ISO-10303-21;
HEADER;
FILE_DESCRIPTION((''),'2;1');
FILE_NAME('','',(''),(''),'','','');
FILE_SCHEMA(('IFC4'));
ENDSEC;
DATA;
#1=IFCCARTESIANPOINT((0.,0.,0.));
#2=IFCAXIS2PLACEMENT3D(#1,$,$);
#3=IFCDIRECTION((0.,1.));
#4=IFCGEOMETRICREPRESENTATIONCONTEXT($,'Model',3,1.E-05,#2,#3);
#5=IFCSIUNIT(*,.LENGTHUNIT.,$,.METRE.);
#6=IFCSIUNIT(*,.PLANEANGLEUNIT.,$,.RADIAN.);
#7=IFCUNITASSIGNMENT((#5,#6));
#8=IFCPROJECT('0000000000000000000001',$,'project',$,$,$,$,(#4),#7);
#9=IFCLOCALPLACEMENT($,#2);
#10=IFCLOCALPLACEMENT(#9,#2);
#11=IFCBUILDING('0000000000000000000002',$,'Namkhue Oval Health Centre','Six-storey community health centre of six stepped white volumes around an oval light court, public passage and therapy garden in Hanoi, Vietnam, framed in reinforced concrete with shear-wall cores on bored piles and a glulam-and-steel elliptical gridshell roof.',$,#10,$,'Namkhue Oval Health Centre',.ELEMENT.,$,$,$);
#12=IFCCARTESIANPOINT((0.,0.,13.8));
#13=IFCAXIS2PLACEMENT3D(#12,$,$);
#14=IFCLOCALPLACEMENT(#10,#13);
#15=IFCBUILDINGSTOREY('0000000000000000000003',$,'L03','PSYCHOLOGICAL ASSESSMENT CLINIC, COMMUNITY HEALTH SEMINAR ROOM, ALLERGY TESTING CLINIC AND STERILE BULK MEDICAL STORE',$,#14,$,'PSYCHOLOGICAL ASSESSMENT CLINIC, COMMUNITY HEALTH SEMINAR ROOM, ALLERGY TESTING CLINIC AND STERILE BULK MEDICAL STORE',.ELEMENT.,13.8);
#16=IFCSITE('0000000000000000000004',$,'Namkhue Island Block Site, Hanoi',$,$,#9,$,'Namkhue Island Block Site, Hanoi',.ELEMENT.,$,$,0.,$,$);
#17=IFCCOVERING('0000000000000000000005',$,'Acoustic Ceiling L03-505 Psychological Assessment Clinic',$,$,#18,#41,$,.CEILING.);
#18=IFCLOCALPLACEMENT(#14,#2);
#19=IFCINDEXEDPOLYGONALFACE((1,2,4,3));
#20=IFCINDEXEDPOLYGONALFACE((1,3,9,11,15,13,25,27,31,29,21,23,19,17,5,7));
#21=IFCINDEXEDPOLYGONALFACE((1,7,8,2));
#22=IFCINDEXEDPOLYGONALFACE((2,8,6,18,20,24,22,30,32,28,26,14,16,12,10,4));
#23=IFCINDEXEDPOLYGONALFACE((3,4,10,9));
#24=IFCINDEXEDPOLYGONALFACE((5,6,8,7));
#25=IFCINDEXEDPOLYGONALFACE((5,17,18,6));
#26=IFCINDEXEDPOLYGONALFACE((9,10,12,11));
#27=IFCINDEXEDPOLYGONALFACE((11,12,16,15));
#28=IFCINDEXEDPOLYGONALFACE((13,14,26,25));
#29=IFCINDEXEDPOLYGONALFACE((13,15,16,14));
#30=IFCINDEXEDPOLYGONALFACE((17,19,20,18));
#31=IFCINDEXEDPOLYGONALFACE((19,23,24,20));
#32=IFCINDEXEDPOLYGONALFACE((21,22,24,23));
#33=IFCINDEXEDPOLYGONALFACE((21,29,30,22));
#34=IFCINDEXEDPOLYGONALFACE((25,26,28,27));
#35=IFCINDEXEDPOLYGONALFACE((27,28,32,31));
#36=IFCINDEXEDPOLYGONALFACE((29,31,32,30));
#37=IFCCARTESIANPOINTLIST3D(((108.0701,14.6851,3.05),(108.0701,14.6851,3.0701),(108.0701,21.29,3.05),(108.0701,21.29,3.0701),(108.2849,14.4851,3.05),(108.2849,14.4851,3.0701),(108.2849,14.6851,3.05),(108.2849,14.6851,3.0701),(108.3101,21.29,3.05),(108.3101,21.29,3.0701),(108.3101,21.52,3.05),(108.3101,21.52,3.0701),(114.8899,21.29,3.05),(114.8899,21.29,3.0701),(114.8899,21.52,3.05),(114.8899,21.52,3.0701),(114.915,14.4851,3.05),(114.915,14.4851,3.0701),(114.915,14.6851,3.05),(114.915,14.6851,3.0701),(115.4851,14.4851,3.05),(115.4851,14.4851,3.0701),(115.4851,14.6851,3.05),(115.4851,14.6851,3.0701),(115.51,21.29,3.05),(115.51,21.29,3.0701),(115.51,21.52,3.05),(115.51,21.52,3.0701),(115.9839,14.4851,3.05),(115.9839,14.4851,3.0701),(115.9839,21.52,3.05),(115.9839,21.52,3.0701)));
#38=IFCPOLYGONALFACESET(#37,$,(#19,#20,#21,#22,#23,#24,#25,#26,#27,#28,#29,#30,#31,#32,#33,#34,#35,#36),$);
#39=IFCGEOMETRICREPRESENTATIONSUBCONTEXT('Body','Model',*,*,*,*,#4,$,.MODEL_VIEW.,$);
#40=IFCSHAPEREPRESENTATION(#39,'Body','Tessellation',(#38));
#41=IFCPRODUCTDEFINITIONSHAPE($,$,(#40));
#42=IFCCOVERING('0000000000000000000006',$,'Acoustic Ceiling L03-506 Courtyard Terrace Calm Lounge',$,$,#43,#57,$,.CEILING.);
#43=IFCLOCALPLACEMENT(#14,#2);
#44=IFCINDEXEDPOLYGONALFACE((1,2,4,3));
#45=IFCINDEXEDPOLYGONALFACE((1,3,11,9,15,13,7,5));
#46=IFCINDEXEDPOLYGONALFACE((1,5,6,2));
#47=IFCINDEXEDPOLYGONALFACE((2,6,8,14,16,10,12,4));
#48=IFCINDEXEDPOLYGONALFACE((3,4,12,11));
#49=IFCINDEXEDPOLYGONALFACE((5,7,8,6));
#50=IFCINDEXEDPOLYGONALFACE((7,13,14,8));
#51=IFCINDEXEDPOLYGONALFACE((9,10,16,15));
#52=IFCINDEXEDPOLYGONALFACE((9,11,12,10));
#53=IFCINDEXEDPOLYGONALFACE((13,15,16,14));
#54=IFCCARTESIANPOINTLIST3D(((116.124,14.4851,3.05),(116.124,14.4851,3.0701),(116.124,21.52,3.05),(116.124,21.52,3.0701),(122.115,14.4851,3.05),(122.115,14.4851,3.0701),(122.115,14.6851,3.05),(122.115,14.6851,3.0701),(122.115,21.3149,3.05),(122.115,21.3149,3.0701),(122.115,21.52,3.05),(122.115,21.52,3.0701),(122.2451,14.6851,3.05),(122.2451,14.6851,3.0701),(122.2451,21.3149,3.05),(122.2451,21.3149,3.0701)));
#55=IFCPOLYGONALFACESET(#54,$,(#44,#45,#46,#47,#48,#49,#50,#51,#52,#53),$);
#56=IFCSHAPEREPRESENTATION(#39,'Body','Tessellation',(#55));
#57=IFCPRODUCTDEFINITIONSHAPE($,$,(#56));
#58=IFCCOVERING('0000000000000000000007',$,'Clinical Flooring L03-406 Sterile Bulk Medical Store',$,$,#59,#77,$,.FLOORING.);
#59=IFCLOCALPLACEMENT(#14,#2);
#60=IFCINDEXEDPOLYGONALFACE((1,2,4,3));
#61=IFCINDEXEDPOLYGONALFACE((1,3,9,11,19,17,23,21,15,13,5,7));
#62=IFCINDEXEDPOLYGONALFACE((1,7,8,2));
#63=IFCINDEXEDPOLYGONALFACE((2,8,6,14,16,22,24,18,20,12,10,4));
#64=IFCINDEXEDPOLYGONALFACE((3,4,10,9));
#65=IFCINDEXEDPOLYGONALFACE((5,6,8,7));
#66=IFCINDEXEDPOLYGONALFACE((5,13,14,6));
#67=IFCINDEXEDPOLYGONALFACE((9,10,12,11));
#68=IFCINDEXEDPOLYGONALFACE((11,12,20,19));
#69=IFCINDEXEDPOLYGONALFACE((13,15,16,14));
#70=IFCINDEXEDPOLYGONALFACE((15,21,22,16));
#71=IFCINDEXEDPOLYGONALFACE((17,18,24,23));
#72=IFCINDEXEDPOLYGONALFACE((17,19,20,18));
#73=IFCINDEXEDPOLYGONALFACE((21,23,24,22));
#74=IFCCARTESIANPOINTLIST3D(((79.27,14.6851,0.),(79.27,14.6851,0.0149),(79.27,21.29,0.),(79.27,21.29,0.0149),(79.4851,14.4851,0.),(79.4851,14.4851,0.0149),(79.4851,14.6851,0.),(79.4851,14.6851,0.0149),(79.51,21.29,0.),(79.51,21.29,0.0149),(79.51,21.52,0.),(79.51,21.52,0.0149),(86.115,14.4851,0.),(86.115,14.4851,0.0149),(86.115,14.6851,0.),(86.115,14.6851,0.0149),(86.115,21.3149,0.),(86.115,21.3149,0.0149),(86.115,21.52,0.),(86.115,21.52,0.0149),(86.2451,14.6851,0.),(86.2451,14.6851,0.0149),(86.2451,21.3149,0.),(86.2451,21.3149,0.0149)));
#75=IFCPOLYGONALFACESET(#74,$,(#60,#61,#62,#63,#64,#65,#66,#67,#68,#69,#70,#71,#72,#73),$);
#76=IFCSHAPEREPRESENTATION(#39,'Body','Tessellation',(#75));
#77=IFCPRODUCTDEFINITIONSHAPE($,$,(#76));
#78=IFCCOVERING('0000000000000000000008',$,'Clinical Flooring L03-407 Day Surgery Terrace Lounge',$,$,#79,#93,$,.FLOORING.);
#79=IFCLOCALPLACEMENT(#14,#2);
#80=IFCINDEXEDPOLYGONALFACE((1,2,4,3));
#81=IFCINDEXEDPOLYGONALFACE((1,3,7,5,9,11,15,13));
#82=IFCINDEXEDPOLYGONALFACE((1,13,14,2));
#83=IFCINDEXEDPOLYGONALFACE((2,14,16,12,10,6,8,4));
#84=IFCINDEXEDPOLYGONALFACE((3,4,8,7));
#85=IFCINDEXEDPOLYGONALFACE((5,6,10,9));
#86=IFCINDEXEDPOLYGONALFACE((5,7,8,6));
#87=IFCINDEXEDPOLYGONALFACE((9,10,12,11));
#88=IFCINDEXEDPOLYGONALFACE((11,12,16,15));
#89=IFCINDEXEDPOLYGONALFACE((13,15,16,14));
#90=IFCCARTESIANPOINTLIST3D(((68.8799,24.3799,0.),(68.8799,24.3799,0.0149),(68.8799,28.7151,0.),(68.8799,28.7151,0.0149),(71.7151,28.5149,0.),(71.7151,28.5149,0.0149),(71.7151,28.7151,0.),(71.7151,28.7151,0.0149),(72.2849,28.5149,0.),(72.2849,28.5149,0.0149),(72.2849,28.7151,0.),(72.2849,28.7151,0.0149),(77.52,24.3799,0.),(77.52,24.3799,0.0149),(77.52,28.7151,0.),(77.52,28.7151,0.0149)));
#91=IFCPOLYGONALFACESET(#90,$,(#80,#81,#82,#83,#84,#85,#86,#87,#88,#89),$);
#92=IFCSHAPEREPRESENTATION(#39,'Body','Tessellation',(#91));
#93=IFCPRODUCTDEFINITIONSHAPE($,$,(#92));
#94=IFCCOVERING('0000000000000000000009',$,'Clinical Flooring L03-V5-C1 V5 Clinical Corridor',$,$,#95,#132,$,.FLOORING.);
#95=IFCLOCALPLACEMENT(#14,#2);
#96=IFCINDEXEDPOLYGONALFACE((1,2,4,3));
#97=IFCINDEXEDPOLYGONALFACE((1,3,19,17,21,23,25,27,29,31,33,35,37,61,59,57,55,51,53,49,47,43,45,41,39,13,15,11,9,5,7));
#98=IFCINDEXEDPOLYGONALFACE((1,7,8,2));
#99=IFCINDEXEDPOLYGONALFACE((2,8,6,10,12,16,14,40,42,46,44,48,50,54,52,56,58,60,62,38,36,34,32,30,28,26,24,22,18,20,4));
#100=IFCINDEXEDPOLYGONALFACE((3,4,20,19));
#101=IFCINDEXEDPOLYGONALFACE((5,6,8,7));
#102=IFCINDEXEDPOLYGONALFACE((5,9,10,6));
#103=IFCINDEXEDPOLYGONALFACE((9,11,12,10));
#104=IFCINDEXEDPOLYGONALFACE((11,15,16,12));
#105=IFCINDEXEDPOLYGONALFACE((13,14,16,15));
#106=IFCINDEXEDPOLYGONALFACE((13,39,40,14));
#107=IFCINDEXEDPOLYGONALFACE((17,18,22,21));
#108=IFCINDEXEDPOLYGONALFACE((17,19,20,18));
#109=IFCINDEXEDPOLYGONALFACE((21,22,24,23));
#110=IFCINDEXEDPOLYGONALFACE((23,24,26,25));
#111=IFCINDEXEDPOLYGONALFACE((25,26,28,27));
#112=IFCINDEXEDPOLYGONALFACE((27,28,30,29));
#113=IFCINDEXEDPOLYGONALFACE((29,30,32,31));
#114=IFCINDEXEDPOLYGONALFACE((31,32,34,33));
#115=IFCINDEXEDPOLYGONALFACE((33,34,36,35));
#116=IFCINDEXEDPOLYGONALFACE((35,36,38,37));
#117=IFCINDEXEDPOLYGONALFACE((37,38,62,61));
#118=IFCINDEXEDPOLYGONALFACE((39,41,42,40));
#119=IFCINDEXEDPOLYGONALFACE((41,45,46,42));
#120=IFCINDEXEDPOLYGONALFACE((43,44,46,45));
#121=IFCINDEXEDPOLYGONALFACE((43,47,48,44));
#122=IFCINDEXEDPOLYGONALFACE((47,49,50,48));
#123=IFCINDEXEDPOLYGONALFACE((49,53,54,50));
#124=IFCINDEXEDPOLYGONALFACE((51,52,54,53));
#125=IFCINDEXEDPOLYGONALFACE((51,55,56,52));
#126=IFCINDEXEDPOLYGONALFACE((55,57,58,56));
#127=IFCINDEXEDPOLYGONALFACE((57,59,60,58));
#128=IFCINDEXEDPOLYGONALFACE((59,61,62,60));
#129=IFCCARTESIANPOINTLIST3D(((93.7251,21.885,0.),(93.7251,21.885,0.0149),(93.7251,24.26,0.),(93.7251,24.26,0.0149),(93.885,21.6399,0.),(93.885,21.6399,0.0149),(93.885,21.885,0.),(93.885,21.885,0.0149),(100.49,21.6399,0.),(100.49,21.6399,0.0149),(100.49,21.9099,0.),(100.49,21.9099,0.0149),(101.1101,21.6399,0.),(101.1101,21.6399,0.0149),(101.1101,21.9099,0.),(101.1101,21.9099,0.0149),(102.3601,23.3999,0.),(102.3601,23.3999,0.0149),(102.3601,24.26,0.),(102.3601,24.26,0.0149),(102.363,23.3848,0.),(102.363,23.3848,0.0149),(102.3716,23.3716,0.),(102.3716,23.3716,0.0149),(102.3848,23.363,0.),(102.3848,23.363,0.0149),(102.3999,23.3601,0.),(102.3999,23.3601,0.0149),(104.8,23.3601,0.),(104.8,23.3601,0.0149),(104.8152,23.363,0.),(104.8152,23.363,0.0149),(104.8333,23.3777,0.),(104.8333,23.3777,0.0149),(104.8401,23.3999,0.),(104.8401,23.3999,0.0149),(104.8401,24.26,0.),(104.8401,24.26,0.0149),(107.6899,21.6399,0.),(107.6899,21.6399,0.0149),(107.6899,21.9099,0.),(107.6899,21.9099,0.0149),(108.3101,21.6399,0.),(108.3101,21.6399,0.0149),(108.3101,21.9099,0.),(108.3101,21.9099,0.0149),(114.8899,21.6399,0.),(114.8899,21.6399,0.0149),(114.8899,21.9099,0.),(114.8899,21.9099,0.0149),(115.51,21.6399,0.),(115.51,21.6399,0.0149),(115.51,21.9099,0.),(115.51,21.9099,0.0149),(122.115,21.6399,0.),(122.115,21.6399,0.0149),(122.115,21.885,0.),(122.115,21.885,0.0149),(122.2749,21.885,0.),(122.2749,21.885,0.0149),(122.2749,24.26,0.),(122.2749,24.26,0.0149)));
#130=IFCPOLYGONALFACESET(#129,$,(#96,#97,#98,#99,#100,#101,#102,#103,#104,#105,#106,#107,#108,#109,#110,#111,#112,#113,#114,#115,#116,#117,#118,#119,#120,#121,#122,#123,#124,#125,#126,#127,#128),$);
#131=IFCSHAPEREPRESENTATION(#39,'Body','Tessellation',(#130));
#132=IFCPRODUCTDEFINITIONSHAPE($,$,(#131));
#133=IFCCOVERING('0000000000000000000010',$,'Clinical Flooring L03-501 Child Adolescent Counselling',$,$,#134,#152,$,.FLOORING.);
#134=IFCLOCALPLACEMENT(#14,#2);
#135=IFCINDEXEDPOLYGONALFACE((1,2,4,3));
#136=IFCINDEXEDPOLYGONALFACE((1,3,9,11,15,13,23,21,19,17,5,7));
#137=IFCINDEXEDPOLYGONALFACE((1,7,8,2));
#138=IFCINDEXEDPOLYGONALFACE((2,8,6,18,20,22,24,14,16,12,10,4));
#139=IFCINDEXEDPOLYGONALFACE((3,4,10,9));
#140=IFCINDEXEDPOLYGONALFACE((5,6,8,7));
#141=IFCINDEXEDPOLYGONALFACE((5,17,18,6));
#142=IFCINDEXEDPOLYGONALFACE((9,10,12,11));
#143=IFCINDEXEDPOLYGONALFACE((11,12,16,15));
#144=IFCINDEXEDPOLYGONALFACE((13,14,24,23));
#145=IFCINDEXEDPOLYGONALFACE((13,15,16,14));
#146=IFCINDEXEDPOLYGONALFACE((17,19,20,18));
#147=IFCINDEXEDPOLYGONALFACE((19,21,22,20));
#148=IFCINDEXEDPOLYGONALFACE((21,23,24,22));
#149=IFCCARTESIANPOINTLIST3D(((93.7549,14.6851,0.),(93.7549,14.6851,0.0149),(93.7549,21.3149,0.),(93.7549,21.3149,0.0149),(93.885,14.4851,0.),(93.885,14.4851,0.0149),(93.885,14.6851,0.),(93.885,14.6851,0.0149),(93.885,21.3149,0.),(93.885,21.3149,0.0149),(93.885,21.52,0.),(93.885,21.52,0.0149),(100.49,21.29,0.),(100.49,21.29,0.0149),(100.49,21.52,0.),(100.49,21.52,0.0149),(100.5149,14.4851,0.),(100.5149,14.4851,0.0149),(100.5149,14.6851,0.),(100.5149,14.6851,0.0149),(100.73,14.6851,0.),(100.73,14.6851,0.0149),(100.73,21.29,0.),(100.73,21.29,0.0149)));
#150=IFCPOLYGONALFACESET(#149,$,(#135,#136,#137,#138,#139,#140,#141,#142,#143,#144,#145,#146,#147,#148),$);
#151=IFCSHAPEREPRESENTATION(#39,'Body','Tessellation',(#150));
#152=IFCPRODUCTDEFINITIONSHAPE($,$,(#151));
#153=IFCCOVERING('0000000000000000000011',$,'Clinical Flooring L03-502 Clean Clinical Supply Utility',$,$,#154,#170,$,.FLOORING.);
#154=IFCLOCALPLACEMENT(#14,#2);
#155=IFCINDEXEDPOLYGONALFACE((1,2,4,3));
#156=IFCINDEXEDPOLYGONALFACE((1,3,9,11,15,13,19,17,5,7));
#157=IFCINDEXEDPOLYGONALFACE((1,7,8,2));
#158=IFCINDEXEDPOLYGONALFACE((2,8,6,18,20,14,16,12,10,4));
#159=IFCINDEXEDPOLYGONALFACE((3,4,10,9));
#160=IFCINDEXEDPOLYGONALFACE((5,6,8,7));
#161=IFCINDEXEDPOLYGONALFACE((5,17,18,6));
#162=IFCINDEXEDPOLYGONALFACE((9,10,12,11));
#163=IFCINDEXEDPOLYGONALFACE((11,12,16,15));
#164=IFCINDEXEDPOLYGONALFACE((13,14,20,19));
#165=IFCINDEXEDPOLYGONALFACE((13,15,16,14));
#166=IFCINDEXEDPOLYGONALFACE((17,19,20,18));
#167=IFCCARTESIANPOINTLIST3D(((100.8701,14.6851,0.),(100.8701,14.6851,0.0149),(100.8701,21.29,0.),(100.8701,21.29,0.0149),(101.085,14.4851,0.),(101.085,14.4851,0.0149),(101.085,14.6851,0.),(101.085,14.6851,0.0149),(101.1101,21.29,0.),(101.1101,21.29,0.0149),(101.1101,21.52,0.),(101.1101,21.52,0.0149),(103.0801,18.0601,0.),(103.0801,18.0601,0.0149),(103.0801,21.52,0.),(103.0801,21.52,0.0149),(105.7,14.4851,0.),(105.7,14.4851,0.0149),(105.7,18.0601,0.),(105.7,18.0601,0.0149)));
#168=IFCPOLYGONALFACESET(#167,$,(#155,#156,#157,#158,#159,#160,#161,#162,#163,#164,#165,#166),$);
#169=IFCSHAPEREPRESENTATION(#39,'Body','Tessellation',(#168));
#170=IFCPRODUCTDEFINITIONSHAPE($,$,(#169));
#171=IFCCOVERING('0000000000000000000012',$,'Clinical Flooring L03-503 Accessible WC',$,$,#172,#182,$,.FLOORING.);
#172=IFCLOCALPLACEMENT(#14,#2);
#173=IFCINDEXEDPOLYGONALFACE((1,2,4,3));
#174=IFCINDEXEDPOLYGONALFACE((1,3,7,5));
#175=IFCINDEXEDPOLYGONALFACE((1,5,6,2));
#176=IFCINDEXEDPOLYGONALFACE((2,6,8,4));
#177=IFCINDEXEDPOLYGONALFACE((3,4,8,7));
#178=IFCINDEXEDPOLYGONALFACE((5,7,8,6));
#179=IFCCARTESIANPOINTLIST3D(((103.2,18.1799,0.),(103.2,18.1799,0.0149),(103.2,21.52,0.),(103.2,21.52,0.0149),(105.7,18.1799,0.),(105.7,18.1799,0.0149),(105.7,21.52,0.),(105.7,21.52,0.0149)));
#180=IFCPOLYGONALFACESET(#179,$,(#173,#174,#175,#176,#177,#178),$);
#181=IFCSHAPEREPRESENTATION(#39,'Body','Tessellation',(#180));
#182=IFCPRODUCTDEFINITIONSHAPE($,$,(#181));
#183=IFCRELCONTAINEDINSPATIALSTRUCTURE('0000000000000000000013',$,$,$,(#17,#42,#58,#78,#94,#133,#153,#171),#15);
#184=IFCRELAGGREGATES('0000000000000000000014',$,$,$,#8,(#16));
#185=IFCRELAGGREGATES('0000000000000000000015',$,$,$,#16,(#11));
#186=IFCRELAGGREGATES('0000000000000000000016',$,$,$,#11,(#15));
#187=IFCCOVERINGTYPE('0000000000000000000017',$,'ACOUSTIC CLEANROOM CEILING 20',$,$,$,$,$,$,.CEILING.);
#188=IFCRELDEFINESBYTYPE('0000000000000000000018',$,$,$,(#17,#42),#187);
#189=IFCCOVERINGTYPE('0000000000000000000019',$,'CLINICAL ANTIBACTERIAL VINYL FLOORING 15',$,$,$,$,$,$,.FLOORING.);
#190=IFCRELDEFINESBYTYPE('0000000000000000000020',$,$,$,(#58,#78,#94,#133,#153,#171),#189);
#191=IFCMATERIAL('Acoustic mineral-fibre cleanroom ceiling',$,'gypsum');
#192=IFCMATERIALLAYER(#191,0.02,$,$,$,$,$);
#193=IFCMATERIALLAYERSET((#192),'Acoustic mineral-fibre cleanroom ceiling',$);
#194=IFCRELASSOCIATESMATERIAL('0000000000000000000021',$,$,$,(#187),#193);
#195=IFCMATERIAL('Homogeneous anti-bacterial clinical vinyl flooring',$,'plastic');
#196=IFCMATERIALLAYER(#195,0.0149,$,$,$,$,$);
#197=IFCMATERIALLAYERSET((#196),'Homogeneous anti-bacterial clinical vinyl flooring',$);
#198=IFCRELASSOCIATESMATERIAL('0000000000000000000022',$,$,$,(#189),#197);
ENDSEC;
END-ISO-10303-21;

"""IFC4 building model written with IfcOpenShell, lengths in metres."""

from ifc_helpers import new_model, si_unit, direction, frame, origin, place, context, subcontext, project, spatial, polyline, outline, extrude, material, layer, layer_set, type_object, element, save


model = new_model("IFC4")

# Units and contexts
model_context = context("Model", 3, precision=1e-05, world=origin(), true_north=direction((0.0, 1.0)))
body_context = subcontext(model_context, "Body", "Model", "MODEL_VIEW")
ifc_project = project(units=[si_unit("LENGTHUNIT", "METRE"), si_unit("PLANEANGLEUNIT", "RADIAN")], contexts=[model_context])

# Site, building, storey
site_placement = place(None, origin())
site = spatial("IfcSite", under=ifc_project, at=site_placement, Name="Namkhue Island Block Site, Hanoi", LongName="Namkhue Island Block Site, Hanoi", CompositionType="ELEMENT", RefElevation=0.0)
building_placement = place(site_placement, origin())
building = spatial("IfcBuilding", under=site, at=building_placement, Name="Namkhue Oval Health Centre", Description="Six-storey community health centre of six stepped white volumes around an oval light court, public passage and therapy garden in Hanoi, Vietnam, framed in reinforced concrete with shear-wall cores on bored piles and a glulam-and-steel elliptical gridshell roof.", LongName="Namkhue Oval Health Centre", CompositionType="ELEMENT")
storey_placement = place(building_placement, frame((0.0, 0.0, 13.8)))
storey = spatial("IfcBuildingStorey", under=building, at=storey_placement, Name="L03", Description="PSYCHOLOGICAL ASSESSMENT CLINIC, COMMUNITY HEALTH SEMINAR ROOM, ALLERGY TESTING CLINIC AND STERILE BULK MEDICAL STORE", LongName="PSYCHOLOGICAL ASSESSMENT CLINIC, COMMUNITY HEALTH SEMINAR ROOM, ALLERGY TESTING CLINIC AND STERILE BULK MEDICAL STORE", CompositionType="ELEMENT", Elevation=13.8)

# Coverings
ifc_material_1 = material(Name="Acoustic mineral-fibre cleanroom ceiling", Category="gypsum")
ifc_layer_1 = layer(ifc_material_1, 0.02)
ifc_layer_set_1 = layer_set([ifc_layer_1], Name="Acoustic mineral-fibre cleanroom ceiling")
covering_type_1 = type_object("IfcCoveringType", Name="ACOUSTIC CLEANROOM CEILING 20", PredefinedType="CEILING", material=ifc_layer_set_1)
covering_1_placement = place(storey_placement, frame((0.0, 0.0, 3.05)))
element("IfcCovering", 1, at=covering_1_placement, inside=storey, type_object=covering_type_1, Name="Acoustic Ceiling L03-505 Psychological Assessment Clinic", PredefinedType="CEILING", context=body_context, shape_type="SweptSolid", body=[
    extrude(outline(polyline([(115.4851, 14.4851), (115.4851, 14.6851), (114.915, 14.6851), (114.915, 14.4851), (108.2849, 14.4851), (108.2849, 14.6851), (108.0701, 14.6851), (108.0701, 21.29), (108.3101, 21.29), (108.3101, 21.52), (114.8899, 21.52), (114.8899, 21.29), (115.51, 21.29), (115.51, 21.52), (115.9839, 21.52), (115.9839, 14.4851), (115.4851, 14.4851)])), origin(), (0.0, 0.0, 1.0), 0.02),
])
covering_2_placement = place(storey_placement, frame((0.0, 0.0, 3.05)))
element("IfcCovering", 2, at=covering_2_placement, inside=storey, type_object=covering_type_1, Name="Acoustic Ceiling L03-506 Courtyard Terrace Calm Lounge", PredefinedType="CEILING", context=body_context, shape_type="SweptSolid", body=[
    extrude(outline(polyline([(116.124, 14.4851), (116.124, 21.52), (122.115, 21.52), (122.115, 21.3149), (122.2451, 21.3149), (122.2451, 14.6851), (122.115, 14.6851), (122.115, 14.4851), (116.124, 14.4851)])), origin(), (0.0, 0.0, 1.0), 0.02),
])
ifc_material_2 = material(Name="Homogeneous anti-bacterial clinical vinyl flooring", Category="plastic")
ifc_layer_2 = layer(ifc_material_2, 0.0149)
ifc_layer_set_2 = layer_set([ifc_layer_2], Name="Homogeneous anti-bacterial clinical vinyl flooring")
covering_type_2 = type_object("IfcCoveringType", Name="CLINICAL ANTIBACTERIAL VINYL FLOORING 15", PredefinedType="FLOORING", material=ifc_layer_set_2)
covering_3_placement = place(storey_placement, origin())
element("IfcCovering", 3, at=covering_3_placement, inside=storey, type_object=covering_type_2, Name="Clinical Flooring L03-406 Sterile Bulk Medical Store", PredefinedType="FLOORING", context=body_context, shape_type="SweptSolid", body=[
    extrude(outline(polyline([(79.4851, 14.4851), (79.4851, 14.6851), (79.27, 14.6851), (79.27, 21.29), (79.51, 21.29), (79.51, 21.52), (86.115, 21.52), (86.115, 21.3149), (86.2451, 21.3149), (86.2451, 14.6851), (86.115, 14.6851), (86.115, 14.4851), (79.4851, 14.4851)])), origin(), (0.0, 0.0, 1.0), 0.0149),
])
covering_4_placement = place(storey_placement, origin())
element("IfcCovering", 4, at=covering_4_placement, inside=storey, type_object=covering_type_2, Name="Clinical Flooring L03-407 Day Surgery Terrace Lounge", PredefinedType="FLOORING", context=body_context, shape_type="SweptSolid", body=[
    extrude(outline(polyline([(68.8799, 24.3799), (68.8799, 28.7151), (71.7151, 28.7151), (71.7151, 28.5149), (72.2849, 28.5149), (72.2849, 28.7151), (77.52, 28.7151), (77.52, 24.3799), (68.8799, 24.3799)])), origin(), (0.0, 0.0, 1.0), 0.0149),
])
covering_5_placement = place(storey_placement, origin())
element("IfcCovering", 5, at=covering_5_placement, inside=storey, type_object=covering_type_2, Name="Clinical Flooring L03-V5-C1 V5 Clinical Corridor", PredefinedType="FLOORING", context=body_context, shape_type="SweptSolid", body=[
    extrude(outline(polyline([(93.7251, 24.26), (102.3601, 24.26), (102.3601, 23.3999), (102.363, 23.3848), (102.3716, 23.3716), (102.3848, 23.363), (102.3999, 23.3601), (104.8, 23.3601), (104.8152, 23.363), (104.8333, 23.3777), (104.8401, 23.3999), (104.8401, 24.26), (122.2749, 24.26), (122.2749, 21.885), (122.115, 21.885), (122.115, 21.6399), (115.51, 21.6399), (115.51, 21.9099), (114.8899, 21.9099), (114.8899, 21.6399), (108.3101, 21.6399), (108.3101, 21.9099), (107.6899, 21.9099), (107.6899, 21.6399), (101.1101, 21.6399), (101.1101, 21.9099), (100.49, 21.9099), (100.49, 21.6399), (93.885, 21.6399), (93.885, 21.885), (93.7251, 21.885), (93.7251, 24.26)])), origin(), (0.0, 0.0, 1.0), 0.0149),
])
covering_6_placement = place(storey_placement, origin())
element("IfcCovering", 6, at=covering_6_placement, inside=storey, type_object=covering_type_2, Name="Clinical Flooring L03-501 Child Adolescent Counselling", PredefinedType="FLOORING", context=body_context, shape_type="SweptSolid", body=[
    extrude(outline(polyline([(93.885, 14.4851), (93.885, 14.6851), (93.7549, 14.6851), (93.7549, 21.3149), (93.885, 21.3149), (93.885, 21.52), (100.49, 21.52), (100.49, 21.29), (100.73, 21.29), (100.73, 14.6851), (100.5149, 14.6851), (100.5149, 14.4851), (93.885, 14.4851)])), origin(), (0.0, 0.0, 1.0), 0.0149),
])
covering_7_placement = place(storey_placement, origin())
element("IfcCovering", 7, at=covering_7_placement, inside=storey, type_object=covering_type_2, Name="Clinical Flooring L03-502 Clean Clinical Supply Utility", PredefinedType="FLOORING", context=body_context, shape_type="SweptSolid", body=[
    extrude(outline(polyline([(103.0801, 21.52), (103.0801, 18.0601), (105.7, 18.0601), (105.7, 14.4851), (101.085, 14.4851), (101.085, 14.6851), (100.8701, 14.6851), (100.8701, 21.29), (101.1101, 21.29), (101.1101, 21.52), (103.0801, 21.52)])), origin(), (0.0, 0.0, 1.0), 0.0149),
])
covering_8_placement = place(storey_placement, origin())
element("IfcCovering", 8, at=covering_8_placement, inside=storey, type_object=covering_type_2, Name="Clinical Flooring L03-503 Accessible WC", PredefinedType="FLOORING", context=body_context, shape_type="SweptSolid", body=[
    extrude(outline(polyline([(103.2, 18.1799), (103.2, 21.52), (105.7, 21.52), (105.7, 18.1799), (103.2, 18.1799)])), origin(), (0.0, 0.0, 1.0), 0.0149),
])

save(model, "model.ifc")
